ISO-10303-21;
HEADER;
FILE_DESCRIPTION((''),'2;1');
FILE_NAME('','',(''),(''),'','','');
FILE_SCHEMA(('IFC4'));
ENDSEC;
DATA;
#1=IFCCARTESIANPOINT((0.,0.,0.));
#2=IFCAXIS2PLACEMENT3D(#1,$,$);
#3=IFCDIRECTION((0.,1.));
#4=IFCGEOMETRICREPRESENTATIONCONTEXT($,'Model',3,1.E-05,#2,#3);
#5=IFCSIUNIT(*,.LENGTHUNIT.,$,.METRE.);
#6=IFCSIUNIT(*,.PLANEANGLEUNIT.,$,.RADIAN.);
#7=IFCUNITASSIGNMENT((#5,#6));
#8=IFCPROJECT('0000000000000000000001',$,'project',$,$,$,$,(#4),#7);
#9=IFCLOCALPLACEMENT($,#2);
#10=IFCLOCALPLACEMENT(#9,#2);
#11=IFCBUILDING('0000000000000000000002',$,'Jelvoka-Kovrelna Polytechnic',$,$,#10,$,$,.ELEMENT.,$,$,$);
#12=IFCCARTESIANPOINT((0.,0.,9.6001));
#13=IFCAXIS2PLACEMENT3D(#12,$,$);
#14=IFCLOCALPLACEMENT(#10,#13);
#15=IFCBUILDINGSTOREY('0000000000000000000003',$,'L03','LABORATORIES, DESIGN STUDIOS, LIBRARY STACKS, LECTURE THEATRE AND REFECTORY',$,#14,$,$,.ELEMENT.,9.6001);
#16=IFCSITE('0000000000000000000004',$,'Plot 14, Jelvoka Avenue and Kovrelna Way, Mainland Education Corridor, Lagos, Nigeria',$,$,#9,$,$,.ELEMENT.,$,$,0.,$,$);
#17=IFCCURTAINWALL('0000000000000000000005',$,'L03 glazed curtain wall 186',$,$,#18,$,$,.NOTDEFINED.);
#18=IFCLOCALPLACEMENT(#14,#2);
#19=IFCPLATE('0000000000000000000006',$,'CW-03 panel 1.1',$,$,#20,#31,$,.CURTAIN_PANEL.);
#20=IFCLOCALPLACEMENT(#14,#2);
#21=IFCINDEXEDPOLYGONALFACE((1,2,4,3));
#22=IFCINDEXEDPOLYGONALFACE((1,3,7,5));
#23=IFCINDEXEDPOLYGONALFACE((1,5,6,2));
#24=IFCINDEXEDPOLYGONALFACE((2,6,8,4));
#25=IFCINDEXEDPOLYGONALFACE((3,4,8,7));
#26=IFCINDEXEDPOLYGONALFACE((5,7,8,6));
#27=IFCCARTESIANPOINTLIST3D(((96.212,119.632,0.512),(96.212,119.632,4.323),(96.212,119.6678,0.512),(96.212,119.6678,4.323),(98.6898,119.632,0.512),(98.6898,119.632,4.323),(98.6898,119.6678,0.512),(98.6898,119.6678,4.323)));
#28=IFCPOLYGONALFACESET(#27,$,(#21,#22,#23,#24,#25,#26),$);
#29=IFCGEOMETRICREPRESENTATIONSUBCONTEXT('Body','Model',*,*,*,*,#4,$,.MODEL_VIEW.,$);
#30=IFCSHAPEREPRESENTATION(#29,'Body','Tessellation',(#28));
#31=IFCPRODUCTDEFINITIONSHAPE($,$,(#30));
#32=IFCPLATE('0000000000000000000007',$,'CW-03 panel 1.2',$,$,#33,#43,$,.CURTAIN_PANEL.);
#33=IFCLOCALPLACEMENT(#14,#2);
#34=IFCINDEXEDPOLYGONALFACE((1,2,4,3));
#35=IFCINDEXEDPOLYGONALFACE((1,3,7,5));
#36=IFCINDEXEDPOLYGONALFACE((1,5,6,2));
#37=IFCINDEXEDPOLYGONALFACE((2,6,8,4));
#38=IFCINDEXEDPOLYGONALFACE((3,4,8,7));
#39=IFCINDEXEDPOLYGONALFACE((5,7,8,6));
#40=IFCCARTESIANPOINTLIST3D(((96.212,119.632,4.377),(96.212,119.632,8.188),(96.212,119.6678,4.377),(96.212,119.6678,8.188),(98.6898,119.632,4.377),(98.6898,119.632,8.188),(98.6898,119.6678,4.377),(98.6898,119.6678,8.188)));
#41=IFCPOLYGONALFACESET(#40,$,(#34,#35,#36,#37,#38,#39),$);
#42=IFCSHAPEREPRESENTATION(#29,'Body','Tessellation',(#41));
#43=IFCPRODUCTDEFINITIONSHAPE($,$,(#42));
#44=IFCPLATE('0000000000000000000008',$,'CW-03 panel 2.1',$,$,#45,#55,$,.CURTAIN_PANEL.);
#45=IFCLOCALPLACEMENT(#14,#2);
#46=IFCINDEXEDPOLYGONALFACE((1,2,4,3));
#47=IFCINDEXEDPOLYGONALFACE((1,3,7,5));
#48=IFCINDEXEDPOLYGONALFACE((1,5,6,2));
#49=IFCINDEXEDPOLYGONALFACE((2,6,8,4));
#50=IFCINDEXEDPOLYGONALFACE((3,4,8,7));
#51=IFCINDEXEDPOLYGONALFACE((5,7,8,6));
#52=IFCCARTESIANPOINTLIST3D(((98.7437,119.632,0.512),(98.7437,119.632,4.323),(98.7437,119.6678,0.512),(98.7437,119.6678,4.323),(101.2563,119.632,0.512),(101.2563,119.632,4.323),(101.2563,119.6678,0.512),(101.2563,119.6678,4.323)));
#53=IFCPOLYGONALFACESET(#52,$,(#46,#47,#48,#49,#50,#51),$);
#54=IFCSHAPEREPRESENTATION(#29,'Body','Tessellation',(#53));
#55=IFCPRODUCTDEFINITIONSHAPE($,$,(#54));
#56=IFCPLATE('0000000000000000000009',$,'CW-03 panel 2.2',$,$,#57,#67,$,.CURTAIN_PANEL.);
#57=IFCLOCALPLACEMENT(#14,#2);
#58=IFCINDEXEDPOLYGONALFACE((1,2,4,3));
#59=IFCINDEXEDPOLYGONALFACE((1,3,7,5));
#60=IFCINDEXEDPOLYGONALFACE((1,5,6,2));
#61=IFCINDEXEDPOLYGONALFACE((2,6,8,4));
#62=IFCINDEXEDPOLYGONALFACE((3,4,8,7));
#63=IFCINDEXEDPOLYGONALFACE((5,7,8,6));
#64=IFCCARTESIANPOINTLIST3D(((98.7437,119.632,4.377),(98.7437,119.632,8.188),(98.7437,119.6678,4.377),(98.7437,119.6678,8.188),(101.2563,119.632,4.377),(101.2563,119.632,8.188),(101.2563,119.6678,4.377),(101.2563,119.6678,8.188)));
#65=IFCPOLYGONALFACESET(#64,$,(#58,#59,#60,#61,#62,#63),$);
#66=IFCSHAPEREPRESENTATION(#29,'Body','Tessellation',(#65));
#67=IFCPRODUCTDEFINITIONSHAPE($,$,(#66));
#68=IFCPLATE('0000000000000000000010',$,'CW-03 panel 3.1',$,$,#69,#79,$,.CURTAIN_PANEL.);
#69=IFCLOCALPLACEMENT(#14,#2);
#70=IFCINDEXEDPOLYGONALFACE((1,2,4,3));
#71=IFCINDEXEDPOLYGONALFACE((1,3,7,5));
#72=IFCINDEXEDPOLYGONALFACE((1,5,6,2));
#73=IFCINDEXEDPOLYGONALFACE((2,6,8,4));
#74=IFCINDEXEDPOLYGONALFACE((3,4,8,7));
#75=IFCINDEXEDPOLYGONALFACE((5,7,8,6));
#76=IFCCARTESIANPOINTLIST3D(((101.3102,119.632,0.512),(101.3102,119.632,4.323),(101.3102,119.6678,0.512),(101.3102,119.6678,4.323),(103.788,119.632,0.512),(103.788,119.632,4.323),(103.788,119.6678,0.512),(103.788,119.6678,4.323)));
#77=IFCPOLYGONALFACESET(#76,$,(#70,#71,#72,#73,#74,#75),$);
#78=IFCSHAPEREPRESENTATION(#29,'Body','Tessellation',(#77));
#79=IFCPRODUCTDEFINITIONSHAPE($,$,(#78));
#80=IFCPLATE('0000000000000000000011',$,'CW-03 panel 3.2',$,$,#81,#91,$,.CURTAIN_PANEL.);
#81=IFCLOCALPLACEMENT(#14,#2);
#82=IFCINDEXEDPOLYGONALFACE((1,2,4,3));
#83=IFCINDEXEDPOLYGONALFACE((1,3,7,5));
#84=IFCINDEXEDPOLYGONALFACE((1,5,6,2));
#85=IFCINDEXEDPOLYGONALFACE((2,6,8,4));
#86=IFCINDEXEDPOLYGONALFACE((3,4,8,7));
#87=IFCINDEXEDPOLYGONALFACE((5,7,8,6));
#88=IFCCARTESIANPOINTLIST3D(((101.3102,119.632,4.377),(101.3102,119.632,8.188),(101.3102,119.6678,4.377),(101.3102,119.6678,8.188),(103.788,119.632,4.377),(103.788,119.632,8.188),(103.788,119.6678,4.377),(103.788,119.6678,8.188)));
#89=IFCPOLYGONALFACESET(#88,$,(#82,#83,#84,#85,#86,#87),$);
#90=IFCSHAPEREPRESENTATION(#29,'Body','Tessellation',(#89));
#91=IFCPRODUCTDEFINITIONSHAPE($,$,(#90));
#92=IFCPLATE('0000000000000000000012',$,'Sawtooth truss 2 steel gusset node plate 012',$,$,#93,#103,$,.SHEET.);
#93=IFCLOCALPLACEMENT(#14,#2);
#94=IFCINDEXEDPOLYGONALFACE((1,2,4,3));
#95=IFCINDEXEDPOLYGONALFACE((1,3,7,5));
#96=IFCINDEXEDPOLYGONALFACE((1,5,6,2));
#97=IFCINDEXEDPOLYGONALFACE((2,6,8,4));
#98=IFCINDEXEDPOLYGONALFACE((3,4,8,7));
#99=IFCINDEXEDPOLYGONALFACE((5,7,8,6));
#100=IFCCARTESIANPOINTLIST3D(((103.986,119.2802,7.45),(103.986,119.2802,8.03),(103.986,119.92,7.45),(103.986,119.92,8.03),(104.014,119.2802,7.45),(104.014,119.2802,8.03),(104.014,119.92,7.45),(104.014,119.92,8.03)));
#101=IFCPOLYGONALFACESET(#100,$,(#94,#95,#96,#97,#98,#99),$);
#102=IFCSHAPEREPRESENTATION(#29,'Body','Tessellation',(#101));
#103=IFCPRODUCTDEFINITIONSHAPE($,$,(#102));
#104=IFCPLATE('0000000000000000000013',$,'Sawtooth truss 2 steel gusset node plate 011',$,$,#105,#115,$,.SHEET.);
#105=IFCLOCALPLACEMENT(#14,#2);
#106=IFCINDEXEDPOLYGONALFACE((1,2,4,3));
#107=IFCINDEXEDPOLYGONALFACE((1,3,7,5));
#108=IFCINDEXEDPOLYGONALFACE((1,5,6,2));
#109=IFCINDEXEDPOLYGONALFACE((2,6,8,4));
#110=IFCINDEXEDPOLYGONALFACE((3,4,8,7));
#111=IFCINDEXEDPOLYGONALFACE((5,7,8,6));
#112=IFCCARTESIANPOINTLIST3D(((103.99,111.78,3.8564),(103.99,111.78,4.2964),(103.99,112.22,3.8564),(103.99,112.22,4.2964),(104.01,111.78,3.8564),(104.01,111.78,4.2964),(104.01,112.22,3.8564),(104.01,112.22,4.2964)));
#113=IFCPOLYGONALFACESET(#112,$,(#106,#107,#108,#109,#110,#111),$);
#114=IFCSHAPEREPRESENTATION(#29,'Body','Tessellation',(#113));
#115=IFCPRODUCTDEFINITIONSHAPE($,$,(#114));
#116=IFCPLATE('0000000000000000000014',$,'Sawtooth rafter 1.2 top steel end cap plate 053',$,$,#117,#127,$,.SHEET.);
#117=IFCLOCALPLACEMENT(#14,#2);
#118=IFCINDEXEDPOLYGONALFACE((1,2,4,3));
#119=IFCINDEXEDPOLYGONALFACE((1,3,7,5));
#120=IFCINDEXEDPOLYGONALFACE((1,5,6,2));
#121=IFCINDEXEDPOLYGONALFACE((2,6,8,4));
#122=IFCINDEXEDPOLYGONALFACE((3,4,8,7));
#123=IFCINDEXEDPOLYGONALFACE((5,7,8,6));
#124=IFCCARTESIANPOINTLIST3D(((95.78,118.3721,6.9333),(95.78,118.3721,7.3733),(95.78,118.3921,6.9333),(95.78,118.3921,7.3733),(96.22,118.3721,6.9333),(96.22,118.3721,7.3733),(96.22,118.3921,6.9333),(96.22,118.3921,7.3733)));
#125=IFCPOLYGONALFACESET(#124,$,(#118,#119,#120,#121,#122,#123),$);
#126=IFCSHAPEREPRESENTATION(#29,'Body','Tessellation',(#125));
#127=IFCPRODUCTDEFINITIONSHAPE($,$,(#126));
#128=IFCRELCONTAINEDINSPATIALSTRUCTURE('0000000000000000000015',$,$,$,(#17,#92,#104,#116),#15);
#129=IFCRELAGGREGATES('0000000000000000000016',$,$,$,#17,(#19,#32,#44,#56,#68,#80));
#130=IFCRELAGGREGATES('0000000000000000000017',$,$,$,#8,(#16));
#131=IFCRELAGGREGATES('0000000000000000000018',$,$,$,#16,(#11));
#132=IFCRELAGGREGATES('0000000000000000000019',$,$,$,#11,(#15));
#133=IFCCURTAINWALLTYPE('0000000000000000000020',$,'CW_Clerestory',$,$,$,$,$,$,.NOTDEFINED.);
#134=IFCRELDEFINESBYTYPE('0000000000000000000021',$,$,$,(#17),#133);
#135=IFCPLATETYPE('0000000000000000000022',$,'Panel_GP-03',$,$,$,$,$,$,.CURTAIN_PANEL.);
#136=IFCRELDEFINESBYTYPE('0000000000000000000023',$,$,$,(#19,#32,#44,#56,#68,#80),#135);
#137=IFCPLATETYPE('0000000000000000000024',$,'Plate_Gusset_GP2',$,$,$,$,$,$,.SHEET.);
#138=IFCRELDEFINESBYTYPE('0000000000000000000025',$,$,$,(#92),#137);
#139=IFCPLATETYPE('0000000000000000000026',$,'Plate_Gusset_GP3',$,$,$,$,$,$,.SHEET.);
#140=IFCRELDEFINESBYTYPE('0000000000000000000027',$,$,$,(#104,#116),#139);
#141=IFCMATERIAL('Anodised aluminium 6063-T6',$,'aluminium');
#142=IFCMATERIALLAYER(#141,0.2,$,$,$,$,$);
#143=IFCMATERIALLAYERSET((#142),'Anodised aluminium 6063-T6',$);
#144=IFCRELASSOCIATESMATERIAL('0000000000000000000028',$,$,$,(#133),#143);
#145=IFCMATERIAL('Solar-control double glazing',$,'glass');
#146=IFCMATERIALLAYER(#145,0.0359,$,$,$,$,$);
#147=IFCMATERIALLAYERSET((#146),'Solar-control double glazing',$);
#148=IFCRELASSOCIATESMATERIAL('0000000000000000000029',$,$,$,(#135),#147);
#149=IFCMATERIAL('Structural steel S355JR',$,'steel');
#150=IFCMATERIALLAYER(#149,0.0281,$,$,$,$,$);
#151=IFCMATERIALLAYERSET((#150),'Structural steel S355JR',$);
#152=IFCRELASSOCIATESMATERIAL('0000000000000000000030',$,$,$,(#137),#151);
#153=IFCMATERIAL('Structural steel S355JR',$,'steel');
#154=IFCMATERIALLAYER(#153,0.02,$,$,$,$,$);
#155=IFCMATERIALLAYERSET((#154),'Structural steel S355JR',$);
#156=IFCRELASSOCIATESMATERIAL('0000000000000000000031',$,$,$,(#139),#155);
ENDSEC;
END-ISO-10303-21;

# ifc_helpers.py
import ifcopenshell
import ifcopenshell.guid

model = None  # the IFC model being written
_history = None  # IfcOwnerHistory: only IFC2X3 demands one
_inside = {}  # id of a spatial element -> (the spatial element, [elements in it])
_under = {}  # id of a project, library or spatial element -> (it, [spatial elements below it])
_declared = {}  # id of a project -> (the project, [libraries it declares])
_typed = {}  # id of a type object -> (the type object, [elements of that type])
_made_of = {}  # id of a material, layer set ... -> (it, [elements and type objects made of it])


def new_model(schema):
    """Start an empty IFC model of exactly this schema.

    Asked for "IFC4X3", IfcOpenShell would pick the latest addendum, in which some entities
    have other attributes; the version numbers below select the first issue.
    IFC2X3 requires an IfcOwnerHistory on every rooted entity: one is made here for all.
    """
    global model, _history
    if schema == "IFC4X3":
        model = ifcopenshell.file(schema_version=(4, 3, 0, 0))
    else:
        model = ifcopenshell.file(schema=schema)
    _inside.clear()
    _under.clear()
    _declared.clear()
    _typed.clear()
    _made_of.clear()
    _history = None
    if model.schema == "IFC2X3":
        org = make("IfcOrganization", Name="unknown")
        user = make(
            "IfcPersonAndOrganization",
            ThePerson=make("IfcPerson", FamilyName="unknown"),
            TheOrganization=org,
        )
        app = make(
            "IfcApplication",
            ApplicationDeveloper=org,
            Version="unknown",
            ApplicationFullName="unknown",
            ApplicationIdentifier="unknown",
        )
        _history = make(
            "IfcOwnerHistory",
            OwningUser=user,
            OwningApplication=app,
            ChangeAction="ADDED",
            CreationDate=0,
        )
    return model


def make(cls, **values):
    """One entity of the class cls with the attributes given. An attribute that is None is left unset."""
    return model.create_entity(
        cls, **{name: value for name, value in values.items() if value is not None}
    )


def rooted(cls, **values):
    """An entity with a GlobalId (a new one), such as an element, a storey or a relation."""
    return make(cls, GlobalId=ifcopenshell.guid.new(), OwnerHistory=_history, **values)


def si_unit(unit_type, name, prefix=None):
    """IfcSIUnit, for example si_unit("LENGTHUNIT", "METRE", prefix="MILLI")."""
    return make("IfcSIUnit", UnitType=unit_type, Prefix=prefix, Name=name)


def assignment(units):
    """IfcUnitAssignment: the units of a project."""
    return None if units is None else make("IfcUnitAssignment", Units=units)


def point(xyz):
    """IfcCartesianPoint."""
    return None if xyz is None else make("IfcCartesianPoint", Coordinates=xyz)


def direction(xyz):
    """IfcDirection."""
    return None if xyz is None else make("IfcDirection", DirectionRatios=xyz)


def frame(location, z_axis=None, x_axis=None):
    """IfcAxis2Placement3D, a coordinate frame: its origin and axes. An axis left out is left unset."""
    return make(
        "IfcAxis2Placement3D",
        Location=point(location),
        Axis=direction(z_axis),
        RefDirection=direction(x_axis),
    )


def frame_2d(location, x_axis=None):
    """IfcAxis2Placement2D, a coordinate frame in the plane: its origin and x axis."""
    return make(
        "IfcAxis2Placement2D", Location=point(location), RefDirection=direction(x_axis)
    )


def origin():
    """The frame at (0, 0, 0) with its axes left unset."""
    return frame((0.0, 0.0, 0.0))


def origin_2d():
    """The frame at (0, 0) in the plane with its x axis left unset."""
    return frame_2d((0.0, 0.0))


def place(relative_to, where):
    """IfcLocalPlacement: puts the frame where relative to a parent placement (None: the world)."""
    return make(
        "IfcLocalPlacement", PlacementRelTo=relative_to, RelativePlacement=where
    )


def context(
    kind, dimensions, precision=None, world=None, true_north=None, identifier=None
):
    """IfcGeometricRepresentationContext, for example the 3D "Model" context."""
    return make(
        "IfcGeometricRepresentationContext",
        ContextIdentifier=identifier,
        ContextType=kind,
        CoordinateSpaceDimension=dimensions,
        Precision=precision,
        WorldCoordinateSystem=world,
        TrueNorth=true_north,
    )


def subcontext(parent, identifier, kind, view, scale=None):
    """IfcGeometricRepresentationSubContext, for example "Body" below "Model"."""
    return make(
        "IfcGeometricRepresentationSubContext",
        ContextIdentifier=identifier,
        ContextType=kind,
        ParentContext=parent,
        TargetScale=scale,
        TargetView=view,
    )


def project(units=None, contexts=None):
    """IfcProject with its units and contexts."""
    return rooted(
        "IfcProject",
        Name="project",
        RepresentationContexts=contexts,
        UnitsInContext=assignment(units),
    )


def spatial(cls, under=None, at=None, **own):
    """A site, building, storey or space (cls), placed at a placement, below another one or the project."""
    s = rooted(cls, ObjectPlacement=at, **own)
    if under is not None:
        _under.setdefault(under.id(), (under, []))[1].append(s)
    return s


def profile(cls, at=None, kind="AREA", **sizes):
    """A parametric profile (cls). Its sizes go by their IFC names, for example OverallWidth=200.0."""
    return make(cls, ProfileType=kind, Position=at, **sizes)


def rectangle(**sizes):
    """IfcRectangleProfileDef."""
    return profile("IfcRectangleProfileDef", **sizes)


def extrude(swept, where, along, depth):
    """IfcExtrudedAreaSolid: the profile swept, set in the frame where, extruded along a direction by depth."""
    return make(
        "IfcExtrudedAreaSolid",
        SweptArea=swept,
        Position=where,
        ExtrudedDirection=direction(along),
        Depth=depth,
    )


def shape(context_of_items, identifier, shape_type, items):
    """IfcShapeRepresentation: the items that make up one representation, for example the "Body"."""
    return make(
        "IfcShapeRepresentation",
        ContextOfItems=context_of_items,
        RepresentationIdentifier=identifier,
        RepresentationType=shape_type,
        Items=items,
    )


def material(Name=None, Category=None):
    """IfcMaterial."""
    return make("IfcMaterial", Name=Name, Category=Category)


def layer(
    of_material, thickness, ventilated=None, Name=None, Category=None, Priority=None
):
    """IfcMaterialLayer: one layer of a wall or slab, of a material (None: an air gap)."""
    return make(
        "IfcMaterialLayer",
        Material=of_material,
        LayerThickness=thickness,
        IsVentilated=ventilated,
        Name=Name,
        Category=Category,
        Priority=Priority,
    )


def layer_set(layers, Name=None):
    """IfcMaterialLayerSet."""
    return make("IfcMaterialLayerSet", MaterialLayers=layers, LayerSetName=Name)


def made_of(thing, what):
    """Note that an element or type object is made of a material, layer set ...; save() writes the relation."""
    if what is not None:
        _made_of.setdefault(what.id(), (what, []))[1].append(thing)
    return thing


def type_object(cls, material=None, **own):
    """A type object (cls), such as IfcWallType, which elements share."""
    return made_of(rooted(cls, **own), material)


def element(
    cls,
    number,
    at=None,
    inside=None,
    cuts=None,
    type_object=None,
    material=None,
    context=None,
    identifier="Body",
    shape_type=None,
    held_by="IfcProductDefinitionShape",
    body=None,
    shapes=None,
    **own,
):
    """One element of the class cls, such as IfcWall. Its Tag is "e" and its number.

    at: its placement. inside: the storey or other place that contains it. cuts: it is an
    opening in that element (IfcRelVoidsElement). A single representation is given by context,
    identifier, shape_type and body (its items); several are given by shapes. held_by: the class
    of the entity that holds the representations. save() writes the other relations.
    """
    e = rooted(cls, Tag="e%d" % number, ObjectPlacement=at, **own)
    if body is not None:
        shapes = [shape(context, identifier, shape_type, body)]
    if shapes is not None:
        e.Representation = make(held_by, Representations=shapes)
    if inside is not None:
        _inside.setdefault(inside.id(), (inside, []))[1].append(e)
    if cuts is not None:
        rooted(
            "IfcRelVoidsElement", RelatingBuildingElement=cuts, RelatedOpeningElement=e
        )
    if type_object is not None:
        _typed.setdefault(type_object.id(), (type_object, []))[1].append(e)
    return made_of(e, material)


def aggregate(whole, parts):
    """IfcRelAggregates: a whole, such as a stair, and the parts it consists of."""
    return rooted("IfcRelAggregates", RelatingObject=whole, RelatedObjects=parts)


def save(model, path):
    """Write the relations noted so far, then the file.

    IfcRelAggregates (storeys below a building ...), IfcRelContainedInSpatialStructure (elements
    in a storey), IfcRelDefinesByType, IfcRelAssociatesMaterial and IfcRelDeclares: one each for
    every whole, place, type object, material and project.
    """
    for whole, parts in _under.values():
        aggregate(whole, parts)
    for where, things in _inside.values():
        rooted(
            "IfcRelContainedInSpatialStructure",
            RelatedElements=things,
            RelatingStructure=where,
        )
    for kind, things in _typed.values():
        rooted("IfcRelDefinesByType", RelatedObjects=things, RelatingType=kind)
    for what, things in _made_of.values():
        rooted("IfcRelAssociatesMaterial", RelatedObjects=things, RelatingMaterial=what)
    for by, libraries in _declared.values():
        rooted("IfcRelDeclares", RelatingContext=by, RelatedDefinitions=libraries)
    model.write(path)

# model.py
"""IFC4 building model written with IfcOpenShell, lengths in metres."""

from ifc_helpers import new_model, si_unit, direction, frame, origin, origin_2d, place, context, subcontext, project, spatial, rectangle, extrude, material, layer, layer_set, type_object, element, aggregate, save


model = new_model("IFC4")

# Units and contexts
model_context = context("Model", 3, precision=1e-05, world=origin(), true_north=direction((0.0, 1.0)))
body_context = subcontext(model_context, "Body", "Model", "MODEL_VIEW")
ifc_project = project(units=[si_unit("LENGTHUNIT", "METRE"), si_unit("PLANEANGLEUNIT", "RADIAN")], contexts=[model_context])

# Site, building, storey
site_placement = place(None, origin())
site = spatial("IfcSite", under=ifc_project, at=site_placement, Name="Plot 14, Jelvoka Avenue and Kovrelna Way, Mainland Education Corridor, Lagos, Nigeria", CompositionType="ELEMENT", RefElevation=0.0)
building_placement = place(site_placement, origin())
building = spatial("IfcBuilding", under=site, at=building_placement, Name="Jelvoka-Kovrelna Polytechnic", CompositionType="ELEMENT")
storey_placement = place(building_placement, frame((0.0, 0.0, 9.6001)))
storey = spatial("IfcBuildingStorey", under=building, at=storey_placement, Name="L03", Description="LABORATORIES, DESIGN STUDIOS, LIBRARY STACKS, LECTURE THEATRE AND REFECTORY", CompositionType="ELEMENT", Elevation=9.6001)

# Shared definitions
ifc_material_1 = material(Name="Anodised aluminium 6063-T6", Category="aluminium")
ifc_layer_1 = layer(ifc_material_1, 0.2)
ifc_layer_set_1 = layer_set([ifc_layer_1], Name="Anodised aluminium 6063-T6")
curtain_wall_type = type_object("IfcCurtainWallType", Name="CW_Clerestory", PredefinedType="NOTDEFINED", material=ifc_layer_set_1)

# Curtain wall
curtain_wall_1_placement = place(storey_placement, origin())
curtain_wall_1 = element("IfcCurtainWall", 1, at=curtain_wall_1_placement, inside=storey, type_object=curtain_wall_type, Name="L03 glazed curtain wall 186", PredefinedType="NOTDEFINED")

# Plates
ifc_material_2 = material(Name="Solar-control double glazing", Category="glass")
ifc_layer_2 = layer(ifc_material_2, 0.0359)
ifc_layer_set_2 = layer_set([ifc_layer_2], Name="Solar-control double glazing")
plate_type_1 = type_object("IfcPlateType", Name="Panel_GP-03", PredefinedType="CURTAIN_PANEL", material=ifc_layer_set_2)
plate_1_placement = place(storey_placement, frame((97.4509, 119.6499, 0.512), z_axis=(0.0, 0.0, 1.0), x_axis=(1.0, 0.0, 0.0)))
plate_1 = element("IfcPlate", 2, at=plate_1_placement, type_object=plate_type_1, Name="CW-03 panel 1.1", PredefinedType="CURTAIN_PANEL", context=body_context, shape_type="SweptSolid", body=[
    extrude(rectangle(XDim=2.4778, YDim=0.0359, at=origin_2d()), origin(), (0.0, 0.0, 1.0), 3.811),
])
plate_2_placement = place(storey_placement, frame((97.4509, 119.6499, 4.377), z_axis=(0.0, 0.0, 1.0), x_axis=(1.0, 0.0, 0.0)))
plate_2 = element("IfcPlate", 3, at=plate_2_placement, type_object=plate_type_1, Name="CW-03 panel 1.2", PredefinedType="CURTAIN_PANEL", context=body_context, shape_type="SweptSolid", body=[
    extrude(rectangle(XDim=2.4778, YDim=0.0359, at=origin_2d()), origin(), (0.0, 0.0, 1.0), 3.811),
])
plate_3_placement = place(storey_placement, frame((100.0, 119.6499, 0.512), z_axis=(0.0, 0.0, 1.0), x_axis=(1.0, 0.0, 0.0)))
plate_3 = element("IfcPlate", 4, at=plate_3_placement, type_object=plate_type_1, Name="CW-03 panel 2.1", PredefinedType="CURTAIN_PANEL", context=body_context, shape_type="SweptSolid", body=[
    extrude(rectangle(XDim=2.5127, YDim=0.0359, at=origin_2d()), origin(), (0.0, 0.0, 1.0), 3.811),
])
plate_4_placement = place(storey_placement, frame((100.0, 119.6499, 4.377), z_axis=(0.0, 0.0, 1.0), x_axis=(1.0, 0.0, 0.0)))
plate_4 = element("IfcPlate", 5, at=plate_4_placement, type_object=plate_type_1, Name="CW-03 panel 2.2", PredefinedType="CURTAIN_PANEL", context=body_context, shape_type="SweptSolid", body=[
    extrude(rectangle(XDim=2.5127, YDim=0.0359, at=origin_2d()), origin(), (0.0, 0.0, 1.0), 3.811),
])
plate_5_placement = place(storey_placement, frame((102.5491, 119.6499, 0.512), z_axis=(0.0, 0.0, 1.0), x_axis=(1.0, 0.0, 0.0)))
plate_5 = element("IfcPlate", 6, at=plate_5_placement, type_object=plate_type_1, Name="CW-03 panel 3.1", PredefinedType="CURTAIN_PANEL", context=body_context, shape_type="SweptSolid", body=[
    extrude(rectangle(XDim=2.4778, YDim=0.0359, at=origin_2d()), origin(), (0.0, 0.0, 1.0), 3.811),
])
plate_6_placement = place(storey_placement, frame((102.5491, 119.6499, 4.377), z_axis=(0.0, 0.0, 1.0), x_axis=(1.0, 0.0, 0.0)))
plate_6 = element("IfcPlate", 7, at=plate_6_placement, type_object=plate_type_1, Name="CW-03 panel 3.2", PredefinedType="CURTAIN_PANEL", context=body_context, shape_type="SweptSolid", body=[
    extrude(rectangle(XDim=2.4778, YDim=0.0359, at=origin_2d()), origin(), (0.0, 0.0, 1.0), 3.811),
])
aggregate(curtain_wall_1, [plate_1, plate_2, plate_3, plate_4, plate_5, plate_6])

# Plates
ifc_material_3 = material(Name="Structural steel S355JR", Category="steel")
ifc_layer_3 = layer(ifc_material_3, 0.0281)
ifc_layer_set_3 = layer_set([ifc_layer_3], Name="Structural steel S355JR")
plate_type_2 = type_object("IfcPlateType", Name="Plate_Gusset_GP2", PredefinedType="SHEET", material=ifc_layer_set_3)
plate_7_placement = place(storey_placement, frame((104.0, 119.6001, 7.45), z_axis=(0.0, 0.0, 1.0), x_axis=(0.0, 1.0, 0.0)))
element("IfcPlate", 8, at=plate_7_placement, inside=storey, type_object=plate_type_2, Name="Sawtooth truss 2 steel gusset node plate 012", PredefinedType="SHEET", context=body_context, shape_type="SweptSolid", body=[
    extrude(rectangle(XDim=0.6399, YDim=0.0281, at=origin_2d()), origin(), (0.0, 0.0, 1.0), 0.5801),
])
ifc_material_4 = material(Name="Structural steel S355JR", Category="steel")
ifc_layer_4 = layer(ifc_material_4, 0.02)
ifc_layer_set_4 = layer_set([ifc_layer_4], Name="Structural steel S355JR")
plate_type_3 = type_object("IfcPlateType", Name="Plate_Gusset_GP3", PredefinedType="SHEET", material=ifc_layer_set_4)
for number, where, z_axis, x_axis, name in (
    (9, (104.0, 112.0, 3.8564), (0.0, 0.0, 1.0), (0.0, 1.0, 0.0), "Sawtooth truss 2 steel gusset node plate 011"),
    (10, (96.0, 118.3821, 6.9333), (0.0, 0.0, 1.0), (1.0, 0.0, 0.0), "Sawtooth rafter 1.2 top steel end cap plate 053"),
):
    element("IfcPlate", number, at=place(storey_placement, frame(where, z_axis=z_axis, x_axis=x_axis)), inside=storey, type_object=plate_type_3, Name=name, PredefinedType="SHEET", context=body_context, shape_type="SweptSolid", body=[
        extrude(rectangle(XDim=0.4399, YDim=0.02, at=origin_2d()), origin(), (0.0, 0.0, 1.0), 0.4399),
    ])

save(model, "model.ifc")
